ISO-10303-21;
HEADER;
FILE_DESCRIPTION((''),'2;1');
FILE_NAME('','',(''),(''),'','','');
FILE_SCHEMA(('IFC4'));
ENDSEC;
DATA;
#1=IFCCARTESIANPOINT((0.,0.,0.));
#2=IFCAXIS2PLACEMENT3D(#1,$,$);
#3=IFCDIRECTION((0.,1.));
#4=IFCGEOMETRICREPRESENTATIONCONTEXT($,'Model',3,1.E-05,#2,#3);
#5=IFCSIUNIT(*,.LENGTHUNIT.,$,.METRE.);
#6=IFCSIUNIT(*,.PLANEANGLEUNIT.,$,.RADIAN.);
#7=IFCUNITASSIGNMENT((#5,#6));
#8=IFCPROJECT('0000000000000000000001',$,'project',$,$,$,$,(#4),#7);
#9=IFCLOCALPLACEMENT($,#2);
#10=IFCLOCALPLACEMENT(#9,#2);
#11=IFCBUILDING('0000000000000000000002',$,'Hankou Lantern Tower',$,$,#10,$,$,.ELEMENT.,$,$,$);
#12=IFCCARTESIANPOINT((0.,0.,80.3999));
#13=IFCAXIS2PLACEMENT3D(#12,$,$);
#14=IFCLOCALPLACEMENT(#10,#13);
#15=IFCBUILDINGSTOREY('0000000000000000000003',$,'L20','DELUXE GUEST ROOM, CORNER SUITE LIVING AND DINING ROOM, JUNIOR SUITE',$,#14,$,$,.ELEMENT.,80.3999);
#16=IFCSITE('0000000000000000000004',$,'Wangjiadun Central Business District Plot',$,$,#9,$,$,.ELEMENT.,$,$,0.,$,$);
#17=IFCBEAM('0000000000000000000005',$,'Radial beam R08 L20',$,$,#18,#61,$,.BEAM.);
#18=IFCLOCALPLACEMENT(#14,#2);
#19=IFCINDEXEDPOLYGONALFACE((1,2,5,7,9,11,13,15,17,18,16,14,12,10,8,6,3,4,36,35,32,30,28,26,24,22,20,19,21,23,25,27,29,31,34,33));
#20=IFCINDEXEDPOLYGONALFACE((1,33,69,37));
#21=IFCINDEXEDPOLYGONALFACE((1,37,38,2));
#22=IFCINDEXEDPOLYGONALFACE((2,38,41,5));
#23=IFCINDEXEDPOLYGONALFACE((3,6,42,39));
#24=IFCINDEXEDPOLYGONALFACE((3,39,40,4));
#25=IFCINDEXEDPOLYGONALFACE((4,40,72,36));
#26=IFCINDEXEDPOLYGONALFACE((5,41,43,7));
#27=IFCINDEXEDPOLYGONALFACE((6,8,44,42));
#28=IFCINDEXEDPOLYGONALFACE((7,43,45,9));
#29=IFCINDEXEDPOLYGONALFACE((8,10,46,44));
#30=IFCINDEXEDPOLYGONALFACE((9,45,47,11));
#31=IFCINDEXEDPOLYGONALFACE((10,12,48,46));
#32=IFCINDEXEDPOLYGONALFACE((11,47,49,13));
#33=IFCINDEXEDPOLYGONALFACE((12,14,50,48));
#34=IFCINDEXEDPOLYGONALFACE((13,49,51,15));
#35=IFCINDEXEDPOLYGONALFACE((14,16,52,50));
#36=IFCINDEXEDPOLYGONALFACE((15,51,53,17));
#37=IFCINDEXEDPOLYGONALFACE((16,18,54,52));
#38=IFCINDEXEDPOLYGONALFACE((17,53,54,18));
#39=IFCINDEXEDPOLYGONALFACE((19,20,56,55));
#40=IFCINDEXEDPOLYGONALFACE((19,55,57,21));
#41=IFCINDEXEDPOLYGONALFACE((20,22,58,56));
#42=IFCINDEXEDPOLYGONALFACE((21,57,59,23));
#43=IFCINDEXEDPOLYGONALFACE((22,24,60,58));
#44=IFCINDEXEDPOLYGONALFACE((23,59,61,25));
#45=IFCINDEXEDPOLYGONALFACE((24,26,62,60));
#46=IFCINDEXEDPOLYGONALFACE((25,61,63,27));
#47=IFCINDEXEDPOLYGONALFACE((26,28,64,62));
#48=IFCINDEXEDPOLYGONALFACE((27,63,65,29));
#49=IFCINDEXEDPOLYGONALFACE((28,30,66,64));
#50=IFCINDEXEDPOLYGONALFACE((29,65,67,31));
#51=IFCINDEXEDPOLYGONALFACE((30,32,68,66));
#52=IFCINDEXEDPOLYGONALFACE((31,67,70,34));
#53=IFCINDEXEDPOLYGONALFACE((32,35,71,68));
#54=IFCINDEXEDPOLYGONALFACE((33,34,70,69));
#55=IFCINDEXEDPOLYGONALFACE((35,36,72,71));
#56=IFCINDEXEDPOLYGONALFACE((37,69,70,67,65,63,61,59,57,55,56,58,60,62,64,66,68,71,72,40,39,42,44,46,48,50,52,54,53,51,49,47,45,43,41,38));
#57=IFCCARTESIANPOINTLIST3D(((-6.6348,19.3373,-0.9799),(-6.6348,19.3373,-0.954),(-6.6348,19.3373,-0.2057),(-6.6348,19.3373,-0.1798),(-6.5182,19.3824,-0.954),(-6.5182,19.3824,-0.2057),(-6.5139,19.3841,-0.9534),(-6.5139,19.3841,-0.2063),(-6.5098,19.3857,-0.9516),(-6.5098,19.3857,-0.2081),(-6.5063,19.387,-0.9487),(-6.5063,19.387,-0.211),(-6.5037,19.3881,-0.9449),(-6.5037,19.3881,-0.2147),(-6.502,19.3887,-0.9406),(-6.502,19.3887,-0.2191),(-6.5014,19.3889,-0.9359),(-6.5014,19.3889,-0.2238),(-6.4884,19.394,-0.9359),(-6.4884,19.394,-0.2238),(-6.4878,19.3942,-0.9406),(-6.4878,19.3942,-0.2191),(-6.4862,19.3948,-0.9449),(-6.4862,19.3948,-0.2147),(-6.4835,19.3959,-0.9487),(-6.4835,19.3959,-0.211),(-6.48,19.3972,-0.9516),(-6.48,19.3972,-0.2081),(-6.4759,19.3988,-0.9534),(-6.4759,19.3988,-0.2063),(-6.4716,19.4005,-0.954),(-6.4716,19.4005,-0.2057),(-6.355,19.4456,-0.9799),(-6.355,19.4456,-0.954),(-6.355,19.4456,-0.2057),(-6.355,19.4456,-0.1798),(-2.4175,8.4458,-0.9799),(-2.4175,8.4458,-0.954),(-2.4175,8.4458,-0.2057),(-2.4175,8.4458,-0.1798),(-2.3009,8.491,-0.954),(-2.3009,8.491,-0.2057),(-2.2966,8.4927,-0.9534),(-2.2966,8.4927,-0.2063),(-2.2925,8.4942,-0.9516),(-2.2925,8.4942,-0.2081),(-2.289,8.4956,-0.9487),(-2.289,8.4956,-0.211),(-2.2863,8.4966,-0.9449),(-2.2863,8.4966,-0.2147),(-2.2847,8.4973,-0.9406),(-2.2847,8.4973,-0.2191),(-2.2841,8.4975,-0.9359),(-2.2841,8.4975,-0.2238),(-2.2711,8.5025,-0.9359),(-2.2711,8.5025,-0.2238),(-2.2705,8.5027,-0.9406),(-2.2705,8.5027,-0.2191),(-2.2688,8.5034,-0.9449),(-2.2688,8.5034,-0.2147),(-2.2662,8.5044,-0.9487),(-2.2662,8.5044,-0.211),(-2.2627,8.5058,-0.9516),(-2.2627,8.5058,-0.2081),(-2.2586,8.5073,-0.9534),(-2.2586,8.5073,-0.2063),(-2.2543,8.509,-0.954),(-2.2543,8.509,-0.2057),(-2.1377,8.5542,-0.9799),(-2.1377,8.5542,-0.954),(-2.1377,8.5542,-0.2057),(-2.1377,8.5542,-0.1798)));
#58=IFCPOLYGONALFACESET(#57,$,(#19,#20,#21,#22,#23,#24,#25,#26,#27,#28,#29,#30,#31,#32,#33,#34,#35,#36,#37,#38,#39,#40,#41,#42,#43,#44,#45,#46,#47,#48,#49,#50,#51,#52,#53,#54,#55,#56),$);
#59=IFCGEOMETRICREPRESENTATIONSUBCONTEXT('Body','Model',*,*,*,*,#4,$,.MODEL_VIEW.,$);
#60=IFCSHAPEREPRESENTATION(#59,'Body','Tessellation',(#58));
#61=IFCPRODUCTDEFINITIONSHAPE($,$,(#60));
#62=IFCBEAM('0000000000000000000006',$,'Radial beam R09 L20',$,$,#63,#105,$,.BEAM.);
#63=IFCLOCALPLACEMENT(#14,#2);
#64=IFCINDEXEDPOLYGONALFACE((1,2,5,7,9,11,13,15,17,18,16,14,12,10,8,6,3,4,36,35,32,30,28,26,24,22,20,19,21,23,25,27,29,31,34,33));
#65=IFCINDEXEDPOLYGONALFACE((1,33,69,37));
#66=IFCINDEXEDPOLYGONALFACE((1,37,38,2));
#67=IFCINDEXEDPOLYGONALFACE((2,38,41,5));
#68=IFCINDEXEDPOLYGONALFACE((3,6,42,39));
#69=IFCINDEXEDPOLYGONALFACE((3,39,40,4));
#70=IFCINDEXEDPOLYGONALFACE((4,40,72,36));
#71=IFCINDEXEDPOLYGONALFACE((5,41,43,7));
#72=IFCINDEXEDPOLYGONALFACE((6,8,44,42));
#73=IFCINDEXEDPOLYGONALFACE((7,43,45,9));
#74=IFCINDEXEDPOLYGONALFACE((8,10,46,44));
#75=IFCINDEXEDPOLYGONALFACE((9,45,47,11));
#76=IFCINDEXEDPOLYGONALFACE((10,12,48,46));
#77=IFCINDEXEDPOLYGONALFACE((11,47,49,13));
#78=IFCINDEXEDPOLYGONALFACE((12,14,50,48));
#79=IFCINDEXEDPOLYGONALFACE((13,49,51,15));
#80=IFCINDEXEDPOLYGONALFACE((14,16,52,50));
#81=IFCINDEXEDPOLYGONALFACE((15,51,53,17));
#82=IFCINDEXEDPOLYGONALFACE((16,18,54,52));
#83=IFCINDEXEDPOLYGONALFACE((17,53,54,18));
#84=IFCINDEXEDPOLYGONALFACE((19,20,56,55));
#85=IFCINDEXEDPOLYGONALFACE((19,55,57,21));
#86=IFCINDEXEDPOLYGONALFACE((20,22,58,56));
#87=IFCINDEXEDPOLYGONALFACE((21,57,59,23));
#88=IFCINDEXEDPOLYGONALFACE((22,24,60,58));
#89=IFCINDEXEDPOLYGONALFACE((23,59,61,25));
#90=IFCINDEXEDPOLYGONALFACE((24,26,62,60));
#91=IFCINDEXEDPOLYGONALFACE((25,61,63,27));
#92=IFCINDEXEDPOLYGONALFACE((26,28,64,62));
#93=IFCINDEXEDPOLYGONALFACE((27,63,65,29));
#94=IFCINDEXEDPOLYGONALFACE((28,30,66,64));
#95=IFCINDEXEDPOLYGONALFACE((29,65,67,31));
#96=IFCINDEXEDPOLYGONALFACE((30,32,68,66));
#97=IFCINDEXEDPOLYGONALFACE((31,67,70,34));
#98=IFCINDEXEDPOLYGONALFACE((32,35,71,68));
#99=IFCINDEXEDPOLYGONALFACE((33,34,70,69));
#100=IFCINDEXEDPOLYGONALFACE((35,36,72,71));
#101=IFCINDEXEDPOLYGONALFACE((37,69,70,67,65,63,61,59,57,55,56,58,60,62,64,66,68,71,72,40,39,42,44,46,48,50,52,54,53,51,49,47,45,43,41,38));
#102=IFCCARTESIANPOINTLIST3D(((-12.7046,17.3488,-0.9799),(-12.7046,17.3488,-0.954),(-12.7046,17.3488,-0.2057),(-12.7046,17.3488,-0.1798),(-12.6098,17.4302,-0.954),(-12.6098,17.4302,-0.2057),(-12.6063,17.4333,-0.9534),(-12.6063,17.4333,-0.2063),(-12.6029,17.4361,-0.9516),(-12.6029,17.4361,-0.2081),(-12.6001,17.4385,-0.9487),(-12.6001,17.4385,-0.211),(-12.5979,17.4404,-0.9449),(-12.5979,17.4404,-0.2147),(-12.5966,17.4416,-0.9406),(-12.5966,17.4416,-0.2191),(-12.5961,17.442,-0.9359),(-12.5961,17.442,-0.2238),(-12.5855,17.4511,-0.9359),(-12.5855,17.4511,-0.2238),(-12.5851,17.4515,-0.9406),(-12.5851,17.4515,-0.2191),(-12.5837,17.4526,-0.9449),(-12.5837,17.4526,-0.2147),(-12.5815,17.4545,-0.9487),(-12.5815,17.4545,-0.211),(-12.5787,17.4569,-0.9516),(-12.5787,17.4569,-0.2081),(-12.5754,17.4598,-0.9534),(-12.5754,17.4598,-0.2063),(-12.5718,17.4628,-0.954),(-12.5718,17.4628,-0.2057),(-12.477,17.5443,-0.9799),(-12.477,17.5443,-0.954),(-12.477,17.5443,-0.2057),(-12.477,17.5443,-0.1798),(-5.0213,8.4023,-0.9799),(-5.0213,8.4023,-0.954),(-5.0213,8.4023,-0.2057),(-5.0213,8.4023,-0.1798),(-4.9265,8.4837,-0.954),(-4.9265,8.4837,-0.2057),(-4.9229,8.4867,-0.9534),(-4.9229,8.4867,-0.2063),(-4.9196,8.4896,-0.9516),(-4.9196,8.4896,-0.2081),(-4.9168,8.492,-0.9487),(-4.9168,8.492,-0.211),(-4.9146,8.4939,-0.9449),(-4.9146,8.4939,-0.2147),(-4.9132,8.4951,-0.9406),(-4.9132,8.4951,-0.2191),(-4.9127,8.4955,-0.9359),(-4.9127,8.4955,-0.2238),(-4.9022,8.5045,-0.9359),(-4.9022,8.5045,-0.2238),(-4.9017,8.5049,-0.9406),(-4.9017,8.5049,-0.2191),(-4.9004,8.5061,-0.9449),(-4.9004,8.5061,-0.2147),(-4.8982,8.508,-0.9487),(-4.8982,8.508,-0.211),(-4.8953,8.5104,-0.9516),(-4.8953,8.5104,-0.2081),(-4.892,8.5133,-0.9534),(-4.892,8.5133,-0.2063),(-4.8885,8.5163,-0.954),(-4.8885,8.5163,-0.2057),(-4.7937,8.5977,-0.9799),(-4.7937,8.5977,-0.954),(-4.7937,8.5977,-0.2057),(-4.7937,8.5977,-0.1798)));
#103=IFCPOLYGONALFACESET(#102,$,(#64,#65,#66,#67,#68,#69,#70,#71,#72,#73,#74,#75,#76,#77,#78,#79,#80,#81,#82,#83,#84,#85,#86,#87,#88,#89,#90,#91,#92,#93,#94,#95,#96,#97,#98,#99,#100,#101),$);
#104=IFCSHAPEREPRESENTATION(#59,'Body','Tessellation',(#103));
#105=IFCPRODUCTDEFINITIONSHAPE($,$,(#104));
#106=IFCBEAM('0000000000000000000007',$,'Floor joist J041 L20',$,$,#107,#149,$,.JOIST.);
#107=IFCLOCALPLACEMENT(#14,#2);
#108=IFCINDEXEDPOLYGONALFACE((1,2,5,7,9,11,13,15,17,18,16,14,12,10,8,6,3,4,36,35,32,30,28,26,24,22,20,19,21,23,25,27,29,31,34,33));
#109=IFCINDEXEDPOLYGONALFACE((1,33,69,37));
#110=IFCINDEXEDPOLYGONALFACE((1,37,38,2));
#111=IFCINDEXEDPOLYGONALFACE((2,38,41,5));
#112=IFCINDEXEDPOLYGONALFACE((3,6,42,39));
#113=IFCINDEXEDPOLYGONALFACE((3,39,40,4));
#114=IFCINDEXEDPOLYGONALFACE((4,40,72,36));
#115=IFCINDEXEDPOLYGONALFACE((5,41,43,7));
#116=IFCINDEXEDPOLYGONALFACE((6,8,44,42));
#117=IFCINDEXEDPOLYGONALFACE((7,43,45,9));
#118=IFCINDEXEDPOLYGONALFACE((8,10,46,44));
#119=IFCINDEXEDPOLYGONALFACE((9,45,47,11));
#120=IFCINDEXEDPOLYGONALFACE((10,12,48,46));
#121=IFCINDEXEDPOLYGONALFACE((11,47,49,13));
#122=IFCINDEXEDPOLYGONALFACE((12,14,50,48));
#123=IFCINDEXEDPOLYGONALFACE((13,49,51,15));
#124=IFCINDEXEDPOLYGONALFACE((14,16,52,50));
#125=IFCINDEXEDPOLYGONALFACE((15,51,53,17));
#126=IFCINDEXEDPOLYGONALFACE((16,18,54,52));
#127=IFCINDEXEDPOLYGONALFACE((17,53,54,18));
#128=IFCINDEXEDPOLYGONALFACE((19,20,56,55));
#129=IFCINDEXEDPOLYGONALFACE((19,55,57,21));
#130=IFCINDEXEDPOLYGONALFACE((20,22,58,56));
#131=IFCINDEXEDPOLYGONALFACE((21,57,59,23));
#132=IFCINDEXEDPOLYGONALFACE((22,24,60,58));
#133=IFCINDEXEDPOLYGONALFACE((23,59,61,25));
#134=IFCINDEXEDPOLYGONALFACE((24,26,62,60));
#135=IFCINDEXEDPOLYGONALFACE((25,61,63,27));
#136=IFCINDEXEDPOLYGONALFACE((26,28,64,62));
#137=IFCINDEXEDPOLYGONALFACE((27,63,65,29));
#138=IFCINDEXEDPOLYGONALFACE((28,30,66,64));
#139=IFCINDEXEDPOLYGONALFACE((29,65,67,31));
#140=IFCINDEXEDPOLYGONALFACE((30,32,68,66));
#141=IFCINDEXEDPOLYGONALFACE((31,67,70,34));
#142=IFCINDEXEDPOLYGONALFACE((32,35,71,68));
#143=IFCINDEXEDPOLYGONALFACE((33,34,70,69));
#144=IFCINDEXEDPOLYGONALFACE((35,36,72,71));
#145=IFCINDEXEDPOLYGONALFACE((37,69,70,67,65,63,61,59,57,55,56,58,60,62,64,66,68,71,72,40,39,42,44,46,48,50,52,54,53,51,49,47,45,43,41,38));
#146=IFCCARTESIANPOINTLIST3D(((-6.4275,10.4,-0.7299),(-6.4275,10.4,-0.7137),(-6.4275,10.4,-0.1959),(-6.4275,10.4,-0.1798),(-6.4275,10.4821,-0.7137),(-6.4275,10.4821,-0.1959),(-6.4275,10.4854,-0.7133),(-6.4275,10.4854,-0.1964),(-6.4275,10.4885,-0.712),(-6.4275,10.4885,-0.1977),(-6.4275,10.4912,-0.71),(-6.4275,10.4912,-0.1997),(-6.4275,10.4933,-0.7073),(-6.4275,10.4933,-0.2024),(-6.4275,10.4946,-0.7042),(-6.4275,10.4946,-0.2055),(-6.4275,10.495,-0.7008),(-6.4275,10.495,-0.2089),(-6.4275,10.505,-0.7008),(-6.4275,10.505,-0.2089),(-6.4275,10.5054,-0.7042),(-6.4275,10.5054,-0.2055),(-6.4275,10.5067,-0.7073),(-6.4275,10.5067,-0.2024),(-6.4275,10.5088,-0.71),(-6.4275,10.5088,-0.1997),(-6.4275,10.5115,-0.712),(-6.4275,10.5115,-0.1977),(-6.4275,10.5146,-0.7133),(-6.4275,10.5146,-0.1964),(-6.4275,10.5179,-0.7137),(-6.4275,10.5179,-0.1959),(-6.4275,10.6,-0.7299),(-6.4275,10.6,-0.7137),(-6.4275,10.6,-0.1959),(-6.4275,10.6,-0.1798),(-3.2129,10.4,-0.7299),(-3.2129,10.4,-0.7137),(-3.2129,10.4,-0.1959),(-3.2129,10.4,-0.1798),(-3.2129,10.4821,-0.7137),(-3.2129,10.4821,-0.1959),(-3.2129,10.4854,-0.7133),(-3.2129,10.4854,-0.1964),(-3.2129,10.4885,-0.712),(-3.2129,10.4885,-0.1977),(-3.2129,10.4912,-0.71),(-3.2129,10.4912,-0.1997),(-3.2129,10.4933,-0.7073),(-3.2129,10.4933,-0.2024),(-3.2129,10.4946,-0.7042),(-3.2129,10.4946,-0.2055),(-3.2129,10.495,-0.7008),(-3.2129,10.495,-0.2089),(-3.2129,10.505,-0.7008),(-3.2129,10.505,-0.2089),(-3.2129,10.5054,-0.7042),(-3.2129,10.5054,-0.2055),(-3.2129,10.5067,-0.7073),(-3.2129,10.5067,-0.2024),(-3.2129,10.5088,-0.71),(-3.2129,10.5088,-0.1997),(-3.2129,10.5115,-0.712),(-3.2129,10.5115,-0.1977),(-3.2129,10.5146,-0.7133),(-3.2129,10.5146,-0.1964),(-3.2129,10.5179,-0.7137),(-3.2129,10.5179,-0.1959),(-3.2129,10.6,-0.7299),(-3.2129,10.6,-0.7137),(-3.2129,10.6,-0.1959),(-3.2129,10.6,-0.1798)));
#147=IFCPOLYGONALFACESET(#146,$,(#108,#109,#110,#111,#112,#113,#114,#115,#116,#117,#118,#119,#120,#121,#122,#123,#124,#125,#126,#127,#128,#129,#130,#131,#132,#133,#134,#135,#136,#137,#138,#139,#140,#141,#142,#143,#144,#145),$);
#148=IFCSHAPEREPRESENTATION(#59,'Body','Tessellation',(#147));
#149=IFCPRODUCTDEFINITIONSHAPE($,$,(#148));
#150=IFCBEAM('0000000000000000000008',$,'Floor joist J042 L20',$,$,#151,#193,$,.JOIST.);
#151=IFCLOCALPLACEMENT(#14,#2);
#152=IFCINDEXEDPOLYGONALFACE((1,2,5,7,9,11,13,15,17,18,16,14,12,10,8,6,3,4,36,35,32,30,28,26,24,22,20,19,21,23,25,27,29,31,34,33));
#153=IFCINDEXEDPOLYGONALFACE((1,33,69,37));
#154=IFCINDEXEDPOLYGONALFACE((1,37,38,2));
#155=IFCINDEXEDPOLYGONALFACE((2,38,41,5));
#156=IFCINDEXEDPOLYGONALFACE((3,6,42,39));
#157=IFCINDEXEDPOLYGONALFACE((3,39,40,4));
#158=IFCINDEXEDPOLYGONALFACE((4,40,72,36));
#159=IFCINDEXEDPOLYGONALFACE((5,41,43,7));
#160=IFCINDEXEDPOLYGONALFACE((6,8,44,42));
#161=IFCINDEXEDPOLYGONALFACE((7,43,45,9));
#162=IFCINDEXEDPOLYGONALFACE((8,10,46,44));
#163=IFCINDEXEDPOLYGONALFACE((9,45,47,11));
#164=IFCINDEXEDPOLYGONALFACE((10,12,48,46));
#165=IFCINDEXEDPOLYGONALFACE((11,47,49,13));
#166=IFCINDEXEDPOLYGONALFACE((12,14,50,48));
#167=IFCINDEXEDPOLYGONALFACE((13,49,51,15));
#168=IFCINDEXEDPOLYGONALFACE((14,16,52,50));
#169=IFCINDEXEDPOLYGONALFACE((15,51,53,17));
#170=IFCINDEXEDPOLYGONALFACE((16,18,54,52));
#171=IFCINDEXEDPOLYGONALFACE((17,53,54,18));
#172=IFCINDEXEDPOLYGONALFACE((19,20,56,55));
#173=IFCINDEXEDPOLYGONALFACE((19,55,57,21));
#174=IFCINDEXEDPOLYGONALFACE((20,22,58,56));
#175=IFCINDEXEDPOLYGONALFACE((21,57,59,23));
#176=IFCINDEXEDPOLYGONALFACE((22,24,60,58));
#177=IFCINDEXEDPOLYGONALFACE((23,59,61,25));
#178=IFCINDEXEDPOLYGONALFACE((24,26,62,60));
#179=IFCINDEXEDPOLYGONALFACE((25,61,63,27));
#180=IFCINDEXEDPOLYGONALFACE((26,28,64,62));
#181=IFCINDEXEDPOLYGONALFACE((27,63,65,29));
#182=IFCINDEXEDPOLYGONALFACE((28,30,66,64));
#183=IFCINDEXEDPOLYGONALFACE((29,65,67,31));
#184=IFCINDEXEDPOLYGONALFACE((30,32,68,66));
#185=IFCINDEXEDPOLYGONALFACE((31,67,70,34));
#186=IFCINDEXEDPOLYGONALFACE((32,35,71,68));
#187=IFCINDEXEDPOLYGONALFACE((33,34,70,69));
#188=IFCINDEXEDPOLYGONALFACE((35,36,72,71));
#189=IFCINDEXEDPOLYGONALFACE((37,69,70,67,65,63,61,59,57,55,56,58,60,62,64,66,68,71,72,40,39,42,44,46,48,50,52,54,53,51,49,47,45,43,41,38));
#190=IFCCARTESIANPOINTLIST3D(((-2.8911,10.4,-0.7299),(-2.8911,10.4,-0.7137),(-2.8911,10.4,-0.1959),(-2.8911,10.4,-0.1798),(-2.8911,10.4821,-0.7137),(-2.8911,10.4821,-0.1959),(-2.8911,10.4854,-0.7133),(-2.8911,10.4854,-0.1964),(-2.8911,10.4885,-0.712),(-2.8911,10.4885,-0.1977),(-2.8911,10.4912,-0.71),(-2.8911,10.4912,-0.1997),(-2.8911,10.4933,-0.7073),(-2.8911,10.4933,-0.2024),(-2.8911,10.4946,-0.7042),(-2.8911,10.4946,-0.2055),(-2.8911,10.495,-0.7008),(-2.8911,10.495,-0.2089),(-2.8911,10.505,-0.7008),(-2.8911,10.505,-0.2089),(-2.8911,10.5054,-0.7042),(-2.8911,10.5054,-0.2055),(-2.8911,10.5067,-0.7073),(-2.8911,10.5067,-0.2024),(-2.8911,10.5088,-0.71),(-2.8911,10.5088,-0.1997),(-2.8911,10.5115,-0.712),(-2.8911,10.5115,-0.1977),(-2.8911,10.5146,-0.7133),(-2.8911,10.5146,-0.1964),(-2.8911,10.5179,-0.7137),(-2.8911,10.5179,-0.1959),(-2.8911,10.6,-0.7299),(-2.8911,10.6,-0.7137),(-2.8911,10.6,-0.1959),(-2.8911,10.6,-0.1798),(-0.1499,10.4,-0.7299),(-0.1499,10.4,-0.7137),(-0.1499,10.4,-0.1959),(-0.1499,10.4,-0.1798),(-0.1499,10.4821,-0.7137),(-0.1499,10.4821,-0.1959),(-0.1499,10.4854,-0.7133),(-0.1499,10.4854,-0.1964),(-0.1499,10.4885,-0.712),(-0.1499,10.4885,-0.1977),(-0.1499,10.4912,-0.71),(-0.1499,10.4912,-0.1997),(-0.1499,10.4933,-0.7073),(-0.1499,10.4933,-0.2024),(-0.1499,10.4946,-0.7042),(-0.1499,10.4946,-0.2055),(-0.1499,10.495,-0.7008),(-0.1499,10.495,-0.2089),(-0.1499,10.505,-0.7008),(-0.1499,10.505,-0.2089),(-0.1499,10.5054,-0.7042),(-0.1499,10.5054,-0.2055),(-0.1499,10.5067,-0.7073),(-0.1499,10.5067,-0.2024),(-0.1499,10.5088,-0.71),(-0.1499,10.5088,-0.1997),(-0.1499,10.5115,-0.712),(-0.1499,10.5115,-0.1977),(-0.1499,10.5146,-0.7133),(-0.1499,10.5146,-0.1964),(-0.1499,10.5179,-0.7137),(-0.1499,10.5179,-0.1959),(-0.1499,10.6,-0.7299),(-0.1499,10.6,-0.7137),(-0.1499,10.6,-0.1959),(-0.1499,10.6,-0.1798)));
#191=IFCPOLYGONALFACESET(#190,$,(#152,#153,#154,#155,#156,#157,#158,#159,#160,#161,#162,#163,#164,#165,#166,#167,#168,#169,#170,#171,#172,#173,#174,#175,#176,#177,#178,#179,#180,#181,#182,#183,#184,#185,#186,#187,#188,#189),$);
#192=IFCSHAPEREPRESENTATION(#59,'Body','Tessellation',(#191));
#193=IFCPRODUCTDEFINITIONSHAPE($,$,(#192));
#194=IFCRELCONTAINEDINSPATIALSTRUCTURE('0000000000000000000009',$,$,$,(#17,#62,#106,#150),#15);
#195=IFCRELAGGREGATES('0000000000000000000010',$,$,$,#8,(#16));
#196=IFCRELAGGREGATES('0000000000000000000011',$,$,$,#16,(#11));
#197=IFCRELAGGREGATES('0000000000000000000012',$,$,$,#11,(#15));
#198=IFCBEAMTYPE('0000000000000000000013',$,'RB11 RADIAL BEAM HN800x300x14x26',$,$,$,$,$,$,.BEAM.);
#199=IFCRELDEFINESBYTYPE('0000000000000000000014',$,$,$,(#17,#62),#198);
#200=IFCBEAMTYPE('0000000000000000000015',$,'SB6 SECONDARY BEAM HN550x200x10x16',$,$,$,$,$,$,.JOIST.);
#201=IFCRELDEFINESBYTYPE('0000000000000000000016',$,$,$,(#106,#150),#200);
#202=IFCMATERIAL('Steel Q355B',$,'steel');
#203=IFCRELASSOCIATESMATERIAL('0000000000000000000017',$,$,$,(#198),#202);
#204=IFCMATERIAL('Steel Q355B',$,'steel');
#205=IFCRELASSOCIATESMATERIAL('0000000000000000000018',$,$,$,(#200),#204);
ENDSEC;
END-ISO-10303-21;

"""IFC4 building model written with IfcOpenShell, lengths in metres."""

from ifc_helpers import new_model, si_unit, direction, frame, origin, origin_2d, place, context, subcontext, project, spatial, i_section, extrude, material, material_profile, profile_set, type_object, element, save


model = new_model("IFC4")

# Units and contexts
model_context = context("Model", 3, precision=1e-05, world=origin(), true_north=direction((0.0, 1.0)))
body_context = subcontext(model_context, "Body", "Model", "MODEL_VIEW")
ifc_project = project(units=[si_unit("LENGTHUNIT", "METRE"), si_unit("PLANEANGLEUNIT", "RADIAN")], contexts=[model_context])

# Site, building, storey
site_placement = place(None, origin())
site = spatial("IfcSite", under=ifc_project, at=site_placement, Name="Wangjiadun Central Business District Plot", CompositionType="ELEMENT", RefElevation=0.0)
building_placement = place(site_placement, origin())
building = spatial("IfcBuilding", under=site, at=building_placement, Name="Hankou Lantern Tower", CompositionType="ELEMENT")
storey_placement = place(building_placement, frame((0.0, 0.0, 80.3999)))
storey = spatial("IfcBuildingStorey", under=building, at=storey_placement, Name="L20", Description="DELUXE GUEST ROOM, CORNER SUITE LIVING AND DINING ROOM, JUNIOR SUITE", CompositionType="ELEMENT", Elevation=80.3999)

# Beams
ifc_material_1 = material(Name="Steel Q355B", Category="steel")
ifc_material_profile_1 = material_profile(ifc_material_1, i_section(OverallWidth=0.3, OverallDepth=0.8, WebThickness=0.0139, FlangeThickness=0.0259, FilletRadius=0.0181, at=origin_2d()), Name="HN800x300x14x26")
ifc_profile_set_1 = profile_set([ifc_material_profile_1], Name="Steel Q355B")
beam_type_1 = type_object("IfcBeamType", Name="RB11 RADIAL BEAM HN800x300x14x26", PredefinedType="BEAM", material=ifc_profile_set_1)
beam_1_placement = place(storey_placement, frame((-2.2776, 8.5, -0.5798), z_axis=(-0.361089, 0.932531, 0.0), x_axis=(-0.932531, -0.361089, 0.0)))
element("IfcBeam", 1, at=beam_1_placement, inside=storey, type_object=beam_type_1, Name="Radial beam R08 L20", PredefinedType="BEAM", context=body_context, shape_type="SweptSolid", body=[
    extrude(i_section(OverallWidth=0.3, OverallDepth=0.8, WebThickness=0.0139, FlangeThickness=0.0259, FilletRadius=0.0181, at=origin_2d()), origin(), (0.0, 0.0, 1.0), 11.6794),
])
beam_2_placement = place(storey_placement, frame((-4.9075, 8.5, -0.5798), z_axis=(-0.651519, 0.758632, 0.0), x_axis=(-0.758632, -0.651519, 0.0)))
element("IfcBeam", 2, at=beam_2_placement, inside=storey, type_object=beam_type_1, Name="Radial beam R09 L20", PredefinedType="BEAM", context=body_context, shape_type="SweptSolid", body=[
    extrude(i_section(OverallWidth=0.3, OverallDepth=0.8, WebThickness=0.0139, FlangeThickness=0.0259, FilletRadius=0.0181, at=origin_2d()), origin(), (0.0, 0.0, 1.0), 11.793),
])
ifc_material_2 = material(Name="Steel Q355B", Category="steel")
ifc_material_profile_2 = material_profile(ifc_material_2, i_section(OverallWidth=0.2, OverallDepth=0.55, WebThickness=0.01, FlangeThickness=0.0161, FilletRadius=0.0129, at=origin_2d()), Name="HN550x200x10x16")
ifc_profile_set_2 = profile_set([ifc_material_profile_2], Name="Steel Q355B")
beam_type_2 = type_object("IfcBeamType", Name="SB6 SECONDARY BEAM HN550x200x10x16", PredefinedType="JOIST", material=ifc_profile_set_2)
beam_3_placement = place(storey_placement, frame((-6.4275, 10.5, -0.4548), z_axis=(1.0, 0.0, 0.0), x_axis=(0.0, 1.0, 0.0)))
element("IfcBeam", 3, at=beam_3_placement, inside=storey, type_object=beam_type_2, Name="Floor joist J041 L20", PredefinedType="JOIST", context=body_context, shape_type="SweptSolid", body=[
    extrude(i_section(OverallWidth=0.2, OverallDepth=0.55, WebThickness=0.01, FlangeThickness=0.0161, FilletRadius=0.0129, at=origin_2d()), origin(), (0.0, 0.0, 1.0), 3.2146),
])
beam_4_placement = place(storey_placement, frame((-2.8911, 10.5, -0.4548), z_axis=(1.0, 0.0, 0.0), x_axis=(0.0, 1.0, 0.0)))
element("IfcBeam", 4, at=beam_4_placement, inside=storey, type_object=beam_type_2, Name="Floor joist J042 L20", PredefinedType="JOIST", context=body_context, shape_type="SweptSolid", body=[
    extrude(i_section(OverallWidth=0.2, OverallDepth=0.55, WebThickness=0.01, FlangeThickness=0.0161, FilletRadius=0.0129, at=origin_2d()), origin(), (0.0, 0.0, 1.0), 2.7412),
])

save(model, "model.ifc")
